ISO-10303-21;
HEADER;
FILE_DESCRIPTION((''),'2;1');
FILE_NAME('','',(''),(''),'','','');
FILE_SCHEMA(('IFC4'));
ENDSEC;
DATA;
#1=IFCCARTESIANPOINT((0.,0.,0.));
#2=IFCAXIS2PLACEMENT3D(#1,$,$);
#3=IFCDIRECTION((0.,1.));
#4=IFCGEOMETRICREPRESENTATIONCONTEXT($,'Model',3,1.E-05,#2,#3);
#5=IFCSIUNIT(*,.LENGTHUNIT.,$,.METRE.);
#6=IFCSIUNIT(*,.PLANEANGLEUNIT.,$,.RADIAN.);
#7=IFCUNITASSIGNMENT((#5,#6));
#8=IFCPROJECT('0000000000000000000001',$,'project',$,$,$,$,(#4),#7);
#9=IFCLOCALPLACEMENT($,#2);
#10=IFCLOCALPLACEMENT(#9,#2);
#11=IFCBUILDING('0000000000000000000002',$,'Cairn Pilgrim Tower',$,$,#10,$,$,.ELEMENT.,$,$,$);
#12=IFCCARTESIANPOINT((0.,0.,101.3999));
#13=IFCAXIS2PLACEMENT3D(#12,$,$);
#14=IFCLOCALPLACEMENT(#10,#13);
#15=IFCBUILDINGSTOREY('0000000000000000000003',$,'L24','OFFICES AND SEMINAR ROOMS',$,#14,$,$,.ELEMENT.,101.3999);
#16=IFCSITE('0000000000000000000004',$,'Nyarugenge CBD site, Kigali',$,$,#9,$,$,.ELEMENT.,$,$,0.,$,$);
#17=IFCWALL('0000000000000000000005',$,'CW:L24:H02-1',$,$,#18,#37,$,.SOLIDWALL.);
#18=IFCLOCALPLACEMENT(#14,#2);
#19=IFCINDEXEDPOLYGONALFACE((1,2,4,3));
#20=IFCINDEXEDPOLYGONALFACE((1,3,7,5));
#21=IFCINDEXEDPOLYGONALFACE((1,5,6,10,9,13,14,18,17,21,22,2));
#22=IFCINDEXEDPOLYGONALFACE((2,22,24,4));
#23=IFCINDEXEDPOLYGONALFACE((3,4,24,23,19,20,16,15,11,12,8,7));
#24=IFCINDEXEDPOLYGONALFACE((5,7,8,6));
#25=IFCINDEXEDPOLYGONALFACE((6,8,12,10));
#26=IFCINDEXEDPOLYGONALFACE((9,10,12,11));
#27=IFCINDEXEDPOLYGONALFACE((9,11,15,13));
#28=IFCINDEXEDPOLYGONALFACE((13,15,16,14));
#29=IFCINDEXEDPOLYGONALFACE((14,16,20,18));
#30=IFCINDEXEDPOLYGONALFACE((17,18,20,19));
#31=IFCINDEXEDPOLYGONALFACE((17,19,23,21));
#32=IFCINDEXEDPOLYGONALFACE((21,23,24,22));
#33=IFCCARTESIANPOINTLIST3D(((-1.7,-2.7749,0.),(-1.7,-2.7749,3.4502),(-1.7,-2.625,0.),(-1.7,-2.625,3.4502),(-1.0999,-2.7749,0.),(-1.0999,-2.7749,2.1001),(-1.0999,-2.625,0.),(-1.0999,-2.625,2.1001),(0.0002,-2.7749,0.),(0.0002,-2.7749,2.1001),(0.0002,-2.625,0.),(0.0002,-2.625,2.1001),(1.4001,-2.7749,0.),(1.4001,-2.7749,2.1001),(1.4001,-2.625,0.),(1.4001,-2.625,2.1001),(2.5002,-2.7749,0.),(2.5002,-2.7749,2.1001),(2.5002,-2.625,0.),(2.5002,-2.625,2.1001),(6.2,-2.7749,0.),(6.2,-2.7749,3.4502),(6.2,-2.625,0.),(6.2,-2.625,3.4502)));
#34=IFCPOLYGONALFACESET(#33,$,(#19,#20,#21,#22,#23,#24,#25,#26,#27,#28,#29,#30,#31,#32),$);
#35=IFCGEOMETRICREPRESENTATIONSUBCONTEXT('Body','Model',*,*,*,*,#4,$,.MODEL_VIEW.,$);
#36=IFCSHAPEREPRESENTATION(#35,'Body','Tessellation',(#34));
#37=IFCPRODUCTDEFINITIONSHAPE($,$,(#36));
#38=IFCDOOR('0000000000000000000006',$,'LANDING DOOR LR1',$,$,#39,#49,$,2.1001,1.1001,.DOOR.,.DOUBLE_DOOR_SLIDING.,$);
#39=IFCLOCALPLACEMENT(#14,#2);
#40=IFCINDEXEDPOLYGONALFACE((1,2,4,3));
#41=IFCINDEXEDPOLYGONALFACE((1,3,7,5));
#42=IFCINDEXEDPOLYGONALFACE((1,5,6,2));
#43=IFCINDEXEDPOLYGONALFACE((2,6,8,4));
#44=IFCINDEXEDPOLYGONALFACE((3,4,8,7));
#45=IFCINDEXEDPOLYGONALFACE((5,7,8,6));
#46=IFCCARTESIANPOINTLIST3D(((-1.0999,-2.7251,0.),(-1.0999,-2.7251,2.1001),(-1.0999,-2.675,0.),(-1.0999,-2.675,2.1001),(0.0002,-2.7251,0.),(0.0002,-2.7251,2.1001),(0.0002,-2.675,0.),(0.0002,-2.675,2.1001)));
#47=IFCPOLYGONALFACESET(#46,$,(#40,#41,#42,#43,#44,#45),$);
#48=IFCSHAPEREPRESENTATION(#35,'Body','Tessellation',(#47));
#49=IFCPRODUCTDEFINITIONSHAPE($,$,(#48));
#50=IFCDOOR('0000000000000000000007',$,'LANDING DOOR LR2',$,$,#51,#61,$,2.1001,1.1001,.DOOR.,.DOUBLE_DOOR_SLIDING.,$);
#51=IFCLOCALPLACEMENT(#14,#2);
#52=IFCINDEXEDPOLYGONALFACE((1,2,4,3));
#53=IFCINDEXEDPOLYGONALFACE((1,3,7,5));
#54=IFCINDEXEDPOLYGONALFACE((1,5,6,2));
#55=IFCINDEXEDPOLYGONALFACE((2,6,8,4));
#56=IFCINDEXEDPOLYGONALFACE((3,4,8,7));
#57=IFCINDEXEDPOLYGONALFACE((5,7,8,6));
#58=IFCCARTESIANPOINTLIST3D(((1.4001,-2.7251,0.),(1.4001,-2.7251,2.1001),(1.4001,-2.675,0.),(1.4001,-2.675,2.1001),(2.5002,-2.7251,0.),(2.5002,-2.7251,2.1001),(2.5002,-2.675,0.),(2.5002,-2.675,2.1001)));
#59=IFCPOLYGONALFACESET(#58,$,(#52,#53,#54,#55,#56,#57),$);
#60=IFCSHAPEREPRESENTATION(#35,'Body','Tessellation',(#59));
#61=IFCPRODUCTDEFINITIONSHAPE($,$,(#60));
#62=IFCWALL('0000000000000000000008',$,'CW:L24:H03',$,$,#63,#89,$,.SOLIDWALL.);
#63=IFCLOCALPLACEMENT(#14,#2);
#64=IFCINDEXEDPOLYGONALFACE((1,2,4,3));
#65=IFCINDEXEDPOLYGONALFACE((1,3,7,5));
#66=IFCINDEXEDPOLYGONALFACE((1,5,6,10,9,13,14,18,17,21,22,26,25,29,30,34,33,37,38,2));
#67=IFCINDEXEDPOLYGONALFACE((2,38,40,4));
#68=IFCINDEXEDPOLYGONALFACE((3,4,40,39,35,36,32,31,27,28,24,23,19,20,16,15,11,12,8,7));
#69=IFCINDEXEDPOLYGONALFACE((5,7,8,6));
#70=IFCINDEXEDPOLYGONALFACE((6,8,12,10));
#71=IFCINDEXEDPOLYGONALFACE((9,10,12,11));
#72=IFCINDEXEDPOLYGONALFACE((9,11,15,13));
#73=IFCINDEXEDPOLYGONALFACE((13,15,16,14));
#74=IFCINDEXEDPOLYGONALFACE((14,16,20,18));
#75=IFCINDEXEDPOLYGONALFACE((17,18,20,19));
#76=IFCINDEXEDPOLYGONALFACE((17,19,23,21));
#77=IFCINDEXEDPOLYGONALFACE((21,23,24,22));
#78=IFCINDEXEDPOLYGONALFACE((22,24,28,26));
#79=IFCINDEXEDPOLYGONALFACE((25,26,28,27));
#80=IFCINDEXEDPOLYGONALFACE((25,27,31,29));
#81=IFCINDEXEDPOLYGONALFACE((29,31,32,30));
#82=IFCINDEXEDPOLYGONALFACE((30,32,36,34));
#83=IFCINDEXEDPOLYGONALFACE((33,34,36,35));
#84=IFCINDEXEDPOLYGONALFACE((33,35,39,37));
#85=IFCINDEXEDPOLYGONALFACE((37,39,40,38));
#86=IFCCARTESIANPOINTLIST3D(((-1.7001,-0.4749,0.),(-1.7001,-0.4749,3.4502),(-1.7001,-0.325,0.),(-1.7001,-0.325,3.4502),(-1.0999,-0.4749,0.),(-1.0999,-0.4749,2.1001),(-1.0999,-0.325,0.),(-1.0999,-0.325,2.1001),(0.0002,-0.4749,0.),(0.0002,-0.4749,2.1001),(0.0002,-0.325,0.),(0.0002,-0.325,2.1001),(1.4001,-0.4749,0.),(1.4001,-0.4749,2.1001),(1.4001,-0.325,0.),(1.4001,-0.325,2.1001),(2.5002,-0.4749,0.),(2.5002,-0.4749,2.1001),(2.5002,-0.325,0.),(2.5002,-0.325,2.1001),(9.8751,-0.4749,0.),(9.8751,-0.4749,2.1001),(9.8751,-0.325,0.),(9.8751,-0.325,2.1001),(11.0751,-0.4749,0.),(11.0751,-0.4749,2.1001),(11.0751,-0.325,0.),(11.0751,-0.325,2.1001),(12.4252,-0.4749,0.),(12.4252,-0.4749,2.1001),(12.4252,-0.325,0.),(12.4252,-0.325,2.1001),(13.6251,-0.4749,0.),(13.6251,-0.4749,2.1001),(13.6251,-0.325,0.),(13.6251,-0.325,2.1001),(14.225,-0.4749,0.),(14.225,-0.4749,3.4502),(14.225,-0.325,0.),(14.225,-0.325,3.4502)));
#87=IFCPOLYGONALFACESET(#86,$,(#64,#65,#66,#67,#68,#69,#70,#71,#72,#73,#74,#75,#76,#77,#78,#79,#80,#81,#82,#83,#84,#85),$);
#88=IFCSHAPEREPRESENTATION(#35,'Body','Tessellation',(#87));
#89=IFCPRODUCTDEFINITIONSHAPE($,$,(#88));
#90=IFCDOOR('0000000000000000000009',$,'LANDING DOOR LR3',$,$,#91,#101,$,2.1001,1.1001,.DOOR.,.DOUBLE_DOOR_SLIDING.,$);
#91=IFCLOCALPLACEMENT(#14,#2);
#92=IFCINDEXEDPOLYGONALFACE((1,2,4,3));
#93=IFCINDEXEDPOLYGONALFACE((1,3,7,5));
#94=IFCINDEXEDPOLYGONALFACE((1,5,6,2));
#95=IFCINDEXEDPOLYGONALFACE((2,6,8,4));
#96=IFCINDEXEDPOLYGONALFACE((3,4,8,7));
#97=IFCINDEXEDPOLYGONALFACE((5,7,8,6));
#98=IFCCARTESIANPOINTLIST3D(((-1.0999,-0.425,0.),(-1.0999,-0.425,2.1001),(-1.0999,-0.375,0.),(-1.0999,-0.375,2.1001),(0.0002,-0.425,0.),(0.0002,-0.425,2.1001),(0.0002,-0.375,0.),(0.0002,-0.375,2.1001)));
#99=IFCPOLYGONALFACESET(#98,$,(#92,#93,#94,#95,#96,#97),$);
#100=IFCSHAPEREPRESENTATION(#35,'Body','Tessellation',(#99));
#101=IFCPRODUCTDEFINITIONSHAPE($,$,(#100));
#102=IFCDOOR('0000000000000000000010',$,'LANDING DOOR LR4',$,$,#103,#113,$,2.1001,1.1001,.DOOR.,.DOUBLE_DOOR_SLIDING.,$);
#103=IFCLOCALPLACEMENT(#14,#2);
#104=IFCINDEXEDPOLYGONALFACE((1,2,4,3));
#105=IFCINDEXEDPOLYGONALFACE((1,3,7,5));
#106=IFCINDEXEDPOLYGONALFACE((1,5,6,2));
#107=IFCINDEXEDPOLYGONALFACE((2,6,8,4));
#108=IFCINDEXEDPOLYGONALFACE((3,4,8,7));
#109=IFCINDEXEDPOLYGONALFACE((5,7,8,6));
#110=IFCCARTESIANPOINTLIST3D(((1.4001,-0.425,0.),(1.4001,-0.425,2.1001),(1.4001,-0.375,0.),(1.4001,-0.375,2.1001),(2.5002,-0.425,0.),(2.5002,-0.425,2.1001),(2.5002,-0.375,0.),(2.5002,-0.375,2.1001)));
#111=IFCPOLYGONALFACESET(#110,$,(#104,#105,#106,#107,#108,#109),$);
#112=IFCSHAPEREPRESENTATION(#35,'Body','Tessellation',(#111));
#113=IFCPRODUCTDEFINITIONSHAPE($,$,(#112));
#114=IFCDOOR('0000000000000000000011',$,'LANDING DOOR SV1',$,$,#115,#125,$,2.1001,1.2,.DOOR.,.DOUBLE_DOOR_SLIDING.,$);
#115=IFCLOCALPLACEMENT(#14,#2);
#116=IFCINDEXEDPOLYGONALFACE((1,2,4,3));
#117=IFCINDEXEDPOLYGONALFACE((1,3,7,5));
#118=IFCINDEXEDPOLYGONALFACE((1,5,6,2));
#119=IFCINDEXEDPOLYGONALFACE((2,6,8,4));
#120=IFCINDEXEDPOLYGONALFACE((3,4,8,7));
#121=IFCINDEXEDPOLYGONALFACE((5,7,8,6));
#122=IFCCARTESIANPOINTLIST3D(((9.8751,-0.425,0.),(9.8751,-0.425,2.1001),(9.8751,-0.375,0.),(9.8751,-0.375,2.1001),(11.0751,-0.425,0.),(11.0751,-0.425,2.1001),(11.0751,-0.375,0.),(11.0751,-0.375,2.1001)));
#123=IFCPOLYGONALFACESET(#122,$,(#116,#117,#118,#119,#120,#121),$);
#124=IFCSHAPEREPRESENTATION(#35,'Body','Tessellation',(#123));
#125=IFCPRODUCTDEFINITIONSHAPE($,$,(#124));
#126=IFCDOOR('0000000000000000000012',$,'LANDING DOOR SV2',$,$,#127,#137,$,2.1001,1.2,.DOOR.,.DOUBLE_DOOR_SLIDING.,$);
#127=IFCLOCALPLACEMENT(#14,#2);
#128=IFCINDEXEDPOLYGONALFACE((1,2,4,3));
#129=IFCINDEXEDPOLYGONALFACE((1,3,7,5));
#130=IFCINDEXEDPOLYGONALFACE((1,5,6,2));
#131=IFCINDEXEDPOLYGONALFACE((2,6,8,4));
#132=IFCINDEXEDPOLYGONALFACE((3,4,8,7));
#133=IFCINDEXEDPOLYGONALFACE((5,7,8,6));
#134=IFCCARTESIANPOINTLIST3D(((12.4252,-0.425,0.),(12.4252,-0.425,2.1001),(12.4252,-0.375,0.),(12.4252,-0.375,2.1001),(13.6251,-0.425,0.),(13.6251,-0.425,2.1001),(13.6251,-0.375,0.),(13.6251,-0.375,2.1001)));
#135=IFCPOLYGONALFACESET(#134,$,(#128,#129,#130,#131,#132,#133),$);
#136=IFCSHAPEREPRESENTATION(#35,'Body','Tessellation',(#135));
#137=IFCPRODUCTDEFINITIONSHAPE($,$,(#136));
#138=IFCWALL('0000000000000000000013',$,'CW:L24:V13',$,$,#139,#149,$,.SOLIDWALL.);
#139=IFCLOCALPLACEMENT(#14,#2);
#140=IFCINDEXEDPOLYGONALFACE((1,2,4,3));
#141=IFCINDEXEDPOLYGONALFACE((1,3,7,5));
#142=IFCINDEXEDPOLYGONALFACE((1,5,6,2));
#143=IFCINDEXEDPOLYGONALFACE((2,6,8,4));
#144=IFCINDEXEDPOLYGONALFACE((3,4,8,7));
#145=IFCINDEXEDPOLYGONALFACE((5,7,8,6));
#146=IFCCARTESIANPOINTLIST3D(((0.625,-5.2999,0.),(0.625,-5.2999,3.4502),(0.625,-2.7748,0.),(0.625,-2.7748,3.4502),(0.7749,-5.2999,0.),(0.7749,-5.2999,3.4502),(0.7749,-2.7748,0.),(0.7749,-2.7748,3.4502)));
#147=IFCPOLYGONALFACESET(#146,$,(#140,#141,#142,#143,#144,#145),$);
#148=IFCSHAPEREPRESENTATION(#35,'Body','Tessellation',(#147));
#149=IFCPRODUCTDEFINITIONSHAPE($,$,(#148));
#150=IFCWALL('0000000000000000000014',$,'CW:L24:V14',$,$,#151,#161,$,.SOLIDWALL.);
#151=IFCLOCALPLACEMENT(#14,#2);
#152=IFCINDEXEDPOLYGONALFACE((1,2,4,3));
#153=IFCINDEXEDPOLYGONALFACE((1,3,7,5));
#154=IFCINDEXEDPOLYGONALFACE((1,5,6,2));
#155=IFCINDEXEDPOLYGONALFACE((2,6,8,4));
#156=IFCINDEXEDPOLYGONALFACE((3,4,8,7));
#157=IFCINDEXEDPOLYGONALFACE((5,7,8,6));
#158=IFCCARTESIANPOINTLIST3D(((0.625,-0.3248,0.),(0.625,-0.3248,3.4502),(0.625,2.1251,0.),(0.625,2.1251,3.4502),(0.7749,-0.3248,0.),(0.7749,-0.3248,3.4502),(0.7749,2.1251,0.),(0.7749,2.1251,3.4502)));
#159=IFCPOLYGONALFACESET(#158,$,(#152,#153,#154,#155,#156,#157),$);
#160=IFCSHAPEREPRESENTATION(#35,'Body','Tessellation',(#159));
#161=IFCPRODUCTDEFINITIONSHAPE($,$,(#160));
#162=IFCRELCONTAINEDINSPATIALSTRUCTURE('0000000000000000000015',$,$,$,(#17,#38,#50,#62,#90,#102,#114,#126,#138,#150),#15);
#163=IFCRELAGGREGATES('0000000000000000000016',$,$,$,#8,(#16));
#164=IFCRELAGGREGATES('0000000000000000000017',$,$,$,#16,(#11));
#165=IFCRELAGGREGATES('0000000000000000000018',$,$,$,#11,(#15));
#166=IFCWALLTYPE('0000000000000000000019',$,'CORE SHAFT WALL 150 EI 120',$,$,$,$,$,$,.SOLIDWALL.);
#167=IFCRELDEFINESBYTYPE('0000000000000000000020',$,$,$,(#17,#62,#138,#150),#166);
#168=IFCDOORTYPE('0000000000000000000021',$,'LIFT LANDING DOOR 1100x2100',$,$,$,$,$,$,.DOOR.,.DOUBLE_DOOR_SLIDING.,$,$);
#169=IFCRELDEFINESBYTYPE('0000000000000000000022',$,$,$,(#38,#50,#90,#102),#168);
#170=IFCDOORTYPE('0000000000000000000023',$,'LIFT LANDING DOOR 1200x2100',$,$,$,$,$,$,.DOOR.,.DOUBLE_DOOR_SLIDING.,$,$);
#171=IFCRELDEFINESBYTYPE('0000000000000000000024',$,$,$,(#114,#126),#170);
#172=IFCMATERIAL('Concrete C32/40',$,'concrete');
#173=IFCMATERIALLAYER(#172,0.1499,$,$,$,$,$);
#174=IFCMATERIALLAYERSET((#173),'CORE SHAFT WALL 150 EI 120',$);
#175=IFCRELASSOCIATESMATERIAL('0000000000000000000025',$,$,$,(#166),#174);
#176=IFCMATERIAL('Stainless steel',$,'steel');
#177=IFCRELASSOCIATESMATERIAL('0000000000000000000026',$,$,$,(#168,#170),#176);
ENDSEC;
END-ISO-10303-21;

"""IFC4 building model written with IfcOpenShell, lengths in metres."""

from ifc_helpers import new_model, si_unit, direction, frame, frame_2d, origin, place, context, subcontext, project, spatial, rectangle, extrude, material, layer, layer_set, type_object, element, fill, save


model = new_model("IFC4")

# Units and contexts
model_context = context("Model", 3, precision=1e-05, world=origin(), true_north=direction((0.0, 1.0)))
body_context = subcontext(model_context, "Body", "Model", "MODEL_VIEW")
ifc_project = project(units=[si_unit("LENGTHUNIT", "METRE"), si_unit("PLANEANGLEUNIT", "RADIAN")], contexts=[model_context])

# Site, building, storey
site_placement = place(None, origin())
site = spatial("IfcSite", under=ifc_project, at=site_placement, Name="Nyarugenge CBD site, Kigali", CompositionType="ELEMENT", RefElevation=0.0)
building_placement = place(site_placement, origin())
building = spatial("IfcBuilding", under=site, at=building_placement, Name="Cairn Pilgrim Tower", CompositionType="ELEMENT")
storey_placement = place(building_placement, frame((0.0, 0.0, 101.3999)))
storey = spatial("IfcBuildingStorey", under=building, at=storey_placement, Name="L24", Description="OFFICES AND SEMINAR ROOMS", CompositionType="ELEMENT", Elevation=101.3999)

# Shared definitions
ifc_material_1 = material(Name="Concrete C32/40", Category="concrete")

# Walls, openings, doors
ifc_layer_1 = layer(ifc_material_1, 0.1499)
ifc_layer_set_1 = layer_set([ifc_layer_1], Name="CORE SHAFT WALL 150 EI 120")
wall_type_1 = type_object("IfcWallType", Name="CORE SHAFT WALL 150 EI 120", PredefinedType="SOLIDWALL", material=ifc_layer_set_1)
wall_1_placement = place(storey_placement, frame((-1.7, -2.7, 0.0), z_axis=(0.0, 0.0, 1.0), x_axis=(1.0, 0.0, 0.0)))
wall_1 = element("IfcWall", 1, at=wall_1_placement, inside=storey, type_object=wall_type_1, Name="CW:L24:H02-1", PredefinedType="SOLIDWALL", context=body_context, shape_type="SweptSolid", body=[
    extrude(rectangle(XDim=7.8999, YDim=0.1499, at=frame_2d((3.95, 0.0))), origin(), (0.0, 0.0, 1.0), 3.4502),
])
opening_1_placement = place(wall_1_placement, frame((0.6001, 0.0, 0.0)))
opening_1 = element("IfcOpeningElement", 2, at=opening_1_placement, cuts=wall_1, PredefinedType="OPENING", context=body_context, shape_type="SweptSolid", body=[
    extrude(rectangle(XDim=1.1001, YDim=2.1001, at=frame_2d((0.55, 1.05))), frame((0.0, 0.085, 0.0), z_axis=(0.0, -1.0, 0.0), x_axis=(1.0, 0.0, 0.0)), (0.0, 0.0, 1.0), 0.1699),
])
opening_2_placement = place(wall_1_placement, frame((3.1001, 0.0, 0.0)))
opening_2 = element("IfcOpeningElement", 3, at=opening_2_placement, cuts=wall_1, PredefinedType="OPENING", context=body_context, shape_type="SweptSolid", body=[
    extrude(rectangle(XDim=1.1001, YDim=2.1001, at=frame_2d((0.55, 1.05))), frame((0.0, 0.085, 0.0), z_axis=(0.0, -1.0, 0.0), x_axis=(1.0, 0.0, 0.0)), (0.0, 0.0, 1.0), 0.1699),
])
ifc_material_2 = material(Name="Stainless steel", Category="steel")
door_type_1 = type_object("IfcDoorType", Name="LIFT LANDING DOOR 1100x2100", OperationType="DOUBLE_DOOR_SLIDING", PredefinedType="DOOR", material=ifc_material_2)
door_1_placement = place(opening_1_placement, origin())
door_1 = element("IfcDoor", 4, at=door_1_placement, inside=storey, type_object=door_type_1, Name="LANDING DOOR LR1", OperationType="DOUBLE_DOOR_SLIDING", OverallHeight=2.1001, OverallWidth=1.1001, PredefinedType="DOOR", context=body_context, shape_type="SweptSolid", body=[
    extrude(rectangle(XDim=1.1001, YDim=2.1001, at=frame_2d((0.55, 1.05))), frame((0.0, 0.0249, 0.0), z_axis=(0.0, -1.0, 0.0), x_axis=(1.0, 0.0, 0.0)), (0.0, 0.0, 1.0), 0.05),
])
fill(opening_1, door_1)
door_2_placement = place(opening_2_placement, origin())
door_2 = element("IfcDoor", 5, at=door_2_placement, inside=storey, type_object=door_type_1, Name="LANDING DOOR LR2", OperationType="DOUBLE_DOOR_SLIDING", OverallHeight=2.1001, OverallWidth=1.1001, PredefinedType="DOOR", context=body_context, shape_type="SweptSolid", body=[
    extrude(rectangle(XDim=1.1001, YDim=2.1001, at=frame_2d((0.55, 1.05))), frame((0.0, 0.0249, 0.0), z_axis=(0.0, -1.0, 0.0), x_axis=(1.0, 0.0, 0.0)), (0.0, 0.0, 1.0), 0.05),
])
fill(opening_2, door_2)
wall_2_placement = place(storey_placement, frame((-1.7, -0.3999, 0.0), z_axis=(0.0, 0.0, 1.0), x_axis=(1.0, 0.0, 0.0)))
wall_2 = element("IfcWall", 6, at=wall_2_placement, inside=storey, type_object=wall_type_1, Name="CW:L24:H03", PredefinedType="SOLIDWALL", context=body_context, shape_type="SweptSolid", body=[
    extrude(rectangle(XDim=15.925, YDim=0.1499, at=frame_2d((7.9624, 0.0))), origin(), (0.0, 0.0, 1.0), 3.4502),
])
opening_3_placement = place(wall_2_placement, frame((0.6001, 0.0, 0.0)))
opening_3 = element("IfcOpeningElement", 7, at=opening_3_placement, cuts=wall_2, PredefinedType="OPENING", context=body_context, shape_type="SweptSolid", body=[
    extrude(rectangle(XDim=1.1001, YDim=2.1001, at=frame_2d((0.55, 1.05))), frame((0.0, 0.085, 0.0), z_axis=(0.0, -1.0, 0.0), x_axis=(1.0, 0.0, 0.0)), (0.0, 0.0, 1.0), 0.1699),
])
opening_4_placement = place(wall_2_placement, frame((3.1001, 0.0, 0.0)))
opening_4 = element("IfcOpeningElement", 8, at=opening_4_placement, cuts=wall_2, PredefinedType="OPENING", context=body_context, shape_type="SweptSolid", body=[
    extrude(rectangle(XDim=1.1001, YDim=2.1001, at=frame_2d((0.55, 1.05))), frame((0.0, 0.085, 0.0), z_axis=(0.0, -1.0, 0.0), x_axis=(1.0, 0.0, 0.0)), (0.0, 0.0, 1.0), 0.1699),
])
opening_5_placement = place(wall_2_placement, frame((11.575, 0.0, 0.0)))
opening_5 = element("IfcOpeningElement", 9, at=opening_5_placement, cuts=wall_2, PredefinedType="OPENING", context=body_context, shape_type="SweptSolid", body=[
    extrude(rectangle(XDim=1.2, YDim=2.1001, at=frame_2d((0.6001, 1.05))), frame((0.0, 0.085, 0.0), z_axis=(0.0, -1.0, 0.0), x_axis=(1.0, 0.0, 0.0)), (0.0, 0.0, 1.0), 0.1699),
])
opening_6_placement = place(wall_2_placement, frame((14.125, 0.0, 0.0)))
opening_6 = element("IfcOpeningElement", 10, at=opening_6_placement, cuts=wall_2, PredefinedType="OPENING", context=body_context, shape_type="SweptSolid", body=[
    extrude(rectangle(XDim=1.2, YDim=2.1001, at=frame_2d((0.6001, 1.05))), frame((0.0, 0.085, 0.0), z_axis=(0.0, -1.0, 0.0), x_axis=(1.0, 0.0, 0.0)), (0.0, 0.0, 1.0), 0.1699),
])
door_3_placement = place(opening_3_placement, origin())
door_3 = element("IfcDoor", 11, at=door_3_placement, inside=storey, type_object=door_type_1, Name="LANDING DOOR LR3", OperationType="DOUBLE_DOOR_SLIDING", OverallHeight=2.1001, OverallWidth=1.1001, PredefinedType="DOOR", context=body_context, shape_type="SweptSolid", body=[
    extrude(rectangle(XDim=1.1001, YDim=2.1001, at=frame_2d((0.55, 1.05))), frame((0.0, 0.0249, 0.0), z_axis=(0.0, -1.0, 0.0), x_axis=(1.0, 0.0, 0.0)), (0.0, 0.0, 1.0), 0.05),
])
fill(opening_3, door_3)
door_4_placement = place(opening_4_placement, origin())
door_4 = element("IfcDoor", 12, at=door_4_placement, inside=storey, type_object=door_type_1, Name="LANDING DOOR LR4", OperationType="DOUBLE_DOOR_SLIDING", OverallHeight=2.1001, OverallWidth=1.1001, PredefinedType="DOOR", context=body_context, shape_type="SweptSolid", body=[
    extrude(rectangle(XDim=1.1001, YDim=2.1001, at=frame_2d((0.55, 1.05))), frame((0.0, 0.0249, 0.0), z_axis=(0.0, -1.0, 0.0), x_axis=(1.0, 0.0, 0.0)), (0.0, 0.0, 1.0), 0.05),
])
fill(opening_4, door_4)
door_type_2 = type_object("IfcDoorType", Name="LIFT LANDING DOOR 1200x2100", OperationType="DOUBLE_DOOR_SLIDING", PredefinedType="DOOR", material=ifc_material_2)
door_5_placement = place(opening_5_placement, origin())
door_5 = element("IfcDoor", 13, at=door_5_placement, inside=storey, type_object=door_type_2, Name="LANDING DOOR SV1", OperationType="DOUBLE_DOOR_SLIDING", OverallHeight=2.1001, OverallWidth=1.2, PredefinedType="DOOR", context=body_context, shape_type="SweptSolid", body=[
    extrude(rectangle(XDim=1.2, YDim=2.1001, at=frame_2d((0.6001, 1.05))), frame((0.0, 0.0249, 0.0), z_axis=(0.0, -1.0, 0.0), x_axis=(1.0, 0.0, 0.0)), (0.0, 0.0, 1.0), 0.05),
])
fill(opening_5, door_5)
door_6_placement = place(opening_6_placement, origin())
door_6 = element("IfcDoor", 14, at=door_6_placement, inside=storey, type_object=door_type_2, Name="LANDING DOOR SV2", OperationType="DOUBLE_DOOR_SLIDING", OverallHeight=2.1001, OverallWidth=1.2, PredefinedType="DOOR", context=body_context, shape_type="SweptSolid", body=[
    extrude(rectangle(XDim=1.2, YDim=2.1001, at=frame_2d((0.6001, 1.05))), frame((0.0, 0.0249, 0.0), z_axis=(0.0, -1.0, 0.0), x_axis=(1.0, 0.0, 0.0)), (0.0, 0.0, 1.0), 0.05),
])
fill(opening_6, door_6)

# Walls
wall_3_placement = place(storey_placement, frame((0.7, -5.3, 0.0), z_axis=(0.0, 0.0, 1.0), x_axis=(0.0, 1.0, 0.0)))
element("IfcWall", 15, at=wall_3_placement, inside=storey, type_object=wall_type_1, Name="CW:L24:V13", PredefinedType="SOLIDWALL", context=body_context, shape_type="SweptSolid", body=[
    extrude(rectangle(XDim=2.5251, YDim=0.1499, at=frame_2d((1.2627, 0.0))), origin(), (0.0, 0.0, 1.0), 3.4502),
])
wall_4_placement = place(storey_placement, frame((0.7, -0.325, 0.0), z_axis=(0.0, 0.0, 1.0), x_axis=(0.0, 1.0, 0.0)))
element("IfcWall", 16, at=wall_4_placement, inside=storey, type_object=wall_type_1, Name="CW:L24:V14", PredefinedType="SOLIDWALL", context=body_context, shape_type="SweptSolid", body=[
    extrude(rectangle(XDim=2.45, YDim=0.1499, at=frame_2d((1.2251, 0.0))), origin(), (0.0, 0.0, 1.0), 3.4502),
])

save(model, "model.ifc")
